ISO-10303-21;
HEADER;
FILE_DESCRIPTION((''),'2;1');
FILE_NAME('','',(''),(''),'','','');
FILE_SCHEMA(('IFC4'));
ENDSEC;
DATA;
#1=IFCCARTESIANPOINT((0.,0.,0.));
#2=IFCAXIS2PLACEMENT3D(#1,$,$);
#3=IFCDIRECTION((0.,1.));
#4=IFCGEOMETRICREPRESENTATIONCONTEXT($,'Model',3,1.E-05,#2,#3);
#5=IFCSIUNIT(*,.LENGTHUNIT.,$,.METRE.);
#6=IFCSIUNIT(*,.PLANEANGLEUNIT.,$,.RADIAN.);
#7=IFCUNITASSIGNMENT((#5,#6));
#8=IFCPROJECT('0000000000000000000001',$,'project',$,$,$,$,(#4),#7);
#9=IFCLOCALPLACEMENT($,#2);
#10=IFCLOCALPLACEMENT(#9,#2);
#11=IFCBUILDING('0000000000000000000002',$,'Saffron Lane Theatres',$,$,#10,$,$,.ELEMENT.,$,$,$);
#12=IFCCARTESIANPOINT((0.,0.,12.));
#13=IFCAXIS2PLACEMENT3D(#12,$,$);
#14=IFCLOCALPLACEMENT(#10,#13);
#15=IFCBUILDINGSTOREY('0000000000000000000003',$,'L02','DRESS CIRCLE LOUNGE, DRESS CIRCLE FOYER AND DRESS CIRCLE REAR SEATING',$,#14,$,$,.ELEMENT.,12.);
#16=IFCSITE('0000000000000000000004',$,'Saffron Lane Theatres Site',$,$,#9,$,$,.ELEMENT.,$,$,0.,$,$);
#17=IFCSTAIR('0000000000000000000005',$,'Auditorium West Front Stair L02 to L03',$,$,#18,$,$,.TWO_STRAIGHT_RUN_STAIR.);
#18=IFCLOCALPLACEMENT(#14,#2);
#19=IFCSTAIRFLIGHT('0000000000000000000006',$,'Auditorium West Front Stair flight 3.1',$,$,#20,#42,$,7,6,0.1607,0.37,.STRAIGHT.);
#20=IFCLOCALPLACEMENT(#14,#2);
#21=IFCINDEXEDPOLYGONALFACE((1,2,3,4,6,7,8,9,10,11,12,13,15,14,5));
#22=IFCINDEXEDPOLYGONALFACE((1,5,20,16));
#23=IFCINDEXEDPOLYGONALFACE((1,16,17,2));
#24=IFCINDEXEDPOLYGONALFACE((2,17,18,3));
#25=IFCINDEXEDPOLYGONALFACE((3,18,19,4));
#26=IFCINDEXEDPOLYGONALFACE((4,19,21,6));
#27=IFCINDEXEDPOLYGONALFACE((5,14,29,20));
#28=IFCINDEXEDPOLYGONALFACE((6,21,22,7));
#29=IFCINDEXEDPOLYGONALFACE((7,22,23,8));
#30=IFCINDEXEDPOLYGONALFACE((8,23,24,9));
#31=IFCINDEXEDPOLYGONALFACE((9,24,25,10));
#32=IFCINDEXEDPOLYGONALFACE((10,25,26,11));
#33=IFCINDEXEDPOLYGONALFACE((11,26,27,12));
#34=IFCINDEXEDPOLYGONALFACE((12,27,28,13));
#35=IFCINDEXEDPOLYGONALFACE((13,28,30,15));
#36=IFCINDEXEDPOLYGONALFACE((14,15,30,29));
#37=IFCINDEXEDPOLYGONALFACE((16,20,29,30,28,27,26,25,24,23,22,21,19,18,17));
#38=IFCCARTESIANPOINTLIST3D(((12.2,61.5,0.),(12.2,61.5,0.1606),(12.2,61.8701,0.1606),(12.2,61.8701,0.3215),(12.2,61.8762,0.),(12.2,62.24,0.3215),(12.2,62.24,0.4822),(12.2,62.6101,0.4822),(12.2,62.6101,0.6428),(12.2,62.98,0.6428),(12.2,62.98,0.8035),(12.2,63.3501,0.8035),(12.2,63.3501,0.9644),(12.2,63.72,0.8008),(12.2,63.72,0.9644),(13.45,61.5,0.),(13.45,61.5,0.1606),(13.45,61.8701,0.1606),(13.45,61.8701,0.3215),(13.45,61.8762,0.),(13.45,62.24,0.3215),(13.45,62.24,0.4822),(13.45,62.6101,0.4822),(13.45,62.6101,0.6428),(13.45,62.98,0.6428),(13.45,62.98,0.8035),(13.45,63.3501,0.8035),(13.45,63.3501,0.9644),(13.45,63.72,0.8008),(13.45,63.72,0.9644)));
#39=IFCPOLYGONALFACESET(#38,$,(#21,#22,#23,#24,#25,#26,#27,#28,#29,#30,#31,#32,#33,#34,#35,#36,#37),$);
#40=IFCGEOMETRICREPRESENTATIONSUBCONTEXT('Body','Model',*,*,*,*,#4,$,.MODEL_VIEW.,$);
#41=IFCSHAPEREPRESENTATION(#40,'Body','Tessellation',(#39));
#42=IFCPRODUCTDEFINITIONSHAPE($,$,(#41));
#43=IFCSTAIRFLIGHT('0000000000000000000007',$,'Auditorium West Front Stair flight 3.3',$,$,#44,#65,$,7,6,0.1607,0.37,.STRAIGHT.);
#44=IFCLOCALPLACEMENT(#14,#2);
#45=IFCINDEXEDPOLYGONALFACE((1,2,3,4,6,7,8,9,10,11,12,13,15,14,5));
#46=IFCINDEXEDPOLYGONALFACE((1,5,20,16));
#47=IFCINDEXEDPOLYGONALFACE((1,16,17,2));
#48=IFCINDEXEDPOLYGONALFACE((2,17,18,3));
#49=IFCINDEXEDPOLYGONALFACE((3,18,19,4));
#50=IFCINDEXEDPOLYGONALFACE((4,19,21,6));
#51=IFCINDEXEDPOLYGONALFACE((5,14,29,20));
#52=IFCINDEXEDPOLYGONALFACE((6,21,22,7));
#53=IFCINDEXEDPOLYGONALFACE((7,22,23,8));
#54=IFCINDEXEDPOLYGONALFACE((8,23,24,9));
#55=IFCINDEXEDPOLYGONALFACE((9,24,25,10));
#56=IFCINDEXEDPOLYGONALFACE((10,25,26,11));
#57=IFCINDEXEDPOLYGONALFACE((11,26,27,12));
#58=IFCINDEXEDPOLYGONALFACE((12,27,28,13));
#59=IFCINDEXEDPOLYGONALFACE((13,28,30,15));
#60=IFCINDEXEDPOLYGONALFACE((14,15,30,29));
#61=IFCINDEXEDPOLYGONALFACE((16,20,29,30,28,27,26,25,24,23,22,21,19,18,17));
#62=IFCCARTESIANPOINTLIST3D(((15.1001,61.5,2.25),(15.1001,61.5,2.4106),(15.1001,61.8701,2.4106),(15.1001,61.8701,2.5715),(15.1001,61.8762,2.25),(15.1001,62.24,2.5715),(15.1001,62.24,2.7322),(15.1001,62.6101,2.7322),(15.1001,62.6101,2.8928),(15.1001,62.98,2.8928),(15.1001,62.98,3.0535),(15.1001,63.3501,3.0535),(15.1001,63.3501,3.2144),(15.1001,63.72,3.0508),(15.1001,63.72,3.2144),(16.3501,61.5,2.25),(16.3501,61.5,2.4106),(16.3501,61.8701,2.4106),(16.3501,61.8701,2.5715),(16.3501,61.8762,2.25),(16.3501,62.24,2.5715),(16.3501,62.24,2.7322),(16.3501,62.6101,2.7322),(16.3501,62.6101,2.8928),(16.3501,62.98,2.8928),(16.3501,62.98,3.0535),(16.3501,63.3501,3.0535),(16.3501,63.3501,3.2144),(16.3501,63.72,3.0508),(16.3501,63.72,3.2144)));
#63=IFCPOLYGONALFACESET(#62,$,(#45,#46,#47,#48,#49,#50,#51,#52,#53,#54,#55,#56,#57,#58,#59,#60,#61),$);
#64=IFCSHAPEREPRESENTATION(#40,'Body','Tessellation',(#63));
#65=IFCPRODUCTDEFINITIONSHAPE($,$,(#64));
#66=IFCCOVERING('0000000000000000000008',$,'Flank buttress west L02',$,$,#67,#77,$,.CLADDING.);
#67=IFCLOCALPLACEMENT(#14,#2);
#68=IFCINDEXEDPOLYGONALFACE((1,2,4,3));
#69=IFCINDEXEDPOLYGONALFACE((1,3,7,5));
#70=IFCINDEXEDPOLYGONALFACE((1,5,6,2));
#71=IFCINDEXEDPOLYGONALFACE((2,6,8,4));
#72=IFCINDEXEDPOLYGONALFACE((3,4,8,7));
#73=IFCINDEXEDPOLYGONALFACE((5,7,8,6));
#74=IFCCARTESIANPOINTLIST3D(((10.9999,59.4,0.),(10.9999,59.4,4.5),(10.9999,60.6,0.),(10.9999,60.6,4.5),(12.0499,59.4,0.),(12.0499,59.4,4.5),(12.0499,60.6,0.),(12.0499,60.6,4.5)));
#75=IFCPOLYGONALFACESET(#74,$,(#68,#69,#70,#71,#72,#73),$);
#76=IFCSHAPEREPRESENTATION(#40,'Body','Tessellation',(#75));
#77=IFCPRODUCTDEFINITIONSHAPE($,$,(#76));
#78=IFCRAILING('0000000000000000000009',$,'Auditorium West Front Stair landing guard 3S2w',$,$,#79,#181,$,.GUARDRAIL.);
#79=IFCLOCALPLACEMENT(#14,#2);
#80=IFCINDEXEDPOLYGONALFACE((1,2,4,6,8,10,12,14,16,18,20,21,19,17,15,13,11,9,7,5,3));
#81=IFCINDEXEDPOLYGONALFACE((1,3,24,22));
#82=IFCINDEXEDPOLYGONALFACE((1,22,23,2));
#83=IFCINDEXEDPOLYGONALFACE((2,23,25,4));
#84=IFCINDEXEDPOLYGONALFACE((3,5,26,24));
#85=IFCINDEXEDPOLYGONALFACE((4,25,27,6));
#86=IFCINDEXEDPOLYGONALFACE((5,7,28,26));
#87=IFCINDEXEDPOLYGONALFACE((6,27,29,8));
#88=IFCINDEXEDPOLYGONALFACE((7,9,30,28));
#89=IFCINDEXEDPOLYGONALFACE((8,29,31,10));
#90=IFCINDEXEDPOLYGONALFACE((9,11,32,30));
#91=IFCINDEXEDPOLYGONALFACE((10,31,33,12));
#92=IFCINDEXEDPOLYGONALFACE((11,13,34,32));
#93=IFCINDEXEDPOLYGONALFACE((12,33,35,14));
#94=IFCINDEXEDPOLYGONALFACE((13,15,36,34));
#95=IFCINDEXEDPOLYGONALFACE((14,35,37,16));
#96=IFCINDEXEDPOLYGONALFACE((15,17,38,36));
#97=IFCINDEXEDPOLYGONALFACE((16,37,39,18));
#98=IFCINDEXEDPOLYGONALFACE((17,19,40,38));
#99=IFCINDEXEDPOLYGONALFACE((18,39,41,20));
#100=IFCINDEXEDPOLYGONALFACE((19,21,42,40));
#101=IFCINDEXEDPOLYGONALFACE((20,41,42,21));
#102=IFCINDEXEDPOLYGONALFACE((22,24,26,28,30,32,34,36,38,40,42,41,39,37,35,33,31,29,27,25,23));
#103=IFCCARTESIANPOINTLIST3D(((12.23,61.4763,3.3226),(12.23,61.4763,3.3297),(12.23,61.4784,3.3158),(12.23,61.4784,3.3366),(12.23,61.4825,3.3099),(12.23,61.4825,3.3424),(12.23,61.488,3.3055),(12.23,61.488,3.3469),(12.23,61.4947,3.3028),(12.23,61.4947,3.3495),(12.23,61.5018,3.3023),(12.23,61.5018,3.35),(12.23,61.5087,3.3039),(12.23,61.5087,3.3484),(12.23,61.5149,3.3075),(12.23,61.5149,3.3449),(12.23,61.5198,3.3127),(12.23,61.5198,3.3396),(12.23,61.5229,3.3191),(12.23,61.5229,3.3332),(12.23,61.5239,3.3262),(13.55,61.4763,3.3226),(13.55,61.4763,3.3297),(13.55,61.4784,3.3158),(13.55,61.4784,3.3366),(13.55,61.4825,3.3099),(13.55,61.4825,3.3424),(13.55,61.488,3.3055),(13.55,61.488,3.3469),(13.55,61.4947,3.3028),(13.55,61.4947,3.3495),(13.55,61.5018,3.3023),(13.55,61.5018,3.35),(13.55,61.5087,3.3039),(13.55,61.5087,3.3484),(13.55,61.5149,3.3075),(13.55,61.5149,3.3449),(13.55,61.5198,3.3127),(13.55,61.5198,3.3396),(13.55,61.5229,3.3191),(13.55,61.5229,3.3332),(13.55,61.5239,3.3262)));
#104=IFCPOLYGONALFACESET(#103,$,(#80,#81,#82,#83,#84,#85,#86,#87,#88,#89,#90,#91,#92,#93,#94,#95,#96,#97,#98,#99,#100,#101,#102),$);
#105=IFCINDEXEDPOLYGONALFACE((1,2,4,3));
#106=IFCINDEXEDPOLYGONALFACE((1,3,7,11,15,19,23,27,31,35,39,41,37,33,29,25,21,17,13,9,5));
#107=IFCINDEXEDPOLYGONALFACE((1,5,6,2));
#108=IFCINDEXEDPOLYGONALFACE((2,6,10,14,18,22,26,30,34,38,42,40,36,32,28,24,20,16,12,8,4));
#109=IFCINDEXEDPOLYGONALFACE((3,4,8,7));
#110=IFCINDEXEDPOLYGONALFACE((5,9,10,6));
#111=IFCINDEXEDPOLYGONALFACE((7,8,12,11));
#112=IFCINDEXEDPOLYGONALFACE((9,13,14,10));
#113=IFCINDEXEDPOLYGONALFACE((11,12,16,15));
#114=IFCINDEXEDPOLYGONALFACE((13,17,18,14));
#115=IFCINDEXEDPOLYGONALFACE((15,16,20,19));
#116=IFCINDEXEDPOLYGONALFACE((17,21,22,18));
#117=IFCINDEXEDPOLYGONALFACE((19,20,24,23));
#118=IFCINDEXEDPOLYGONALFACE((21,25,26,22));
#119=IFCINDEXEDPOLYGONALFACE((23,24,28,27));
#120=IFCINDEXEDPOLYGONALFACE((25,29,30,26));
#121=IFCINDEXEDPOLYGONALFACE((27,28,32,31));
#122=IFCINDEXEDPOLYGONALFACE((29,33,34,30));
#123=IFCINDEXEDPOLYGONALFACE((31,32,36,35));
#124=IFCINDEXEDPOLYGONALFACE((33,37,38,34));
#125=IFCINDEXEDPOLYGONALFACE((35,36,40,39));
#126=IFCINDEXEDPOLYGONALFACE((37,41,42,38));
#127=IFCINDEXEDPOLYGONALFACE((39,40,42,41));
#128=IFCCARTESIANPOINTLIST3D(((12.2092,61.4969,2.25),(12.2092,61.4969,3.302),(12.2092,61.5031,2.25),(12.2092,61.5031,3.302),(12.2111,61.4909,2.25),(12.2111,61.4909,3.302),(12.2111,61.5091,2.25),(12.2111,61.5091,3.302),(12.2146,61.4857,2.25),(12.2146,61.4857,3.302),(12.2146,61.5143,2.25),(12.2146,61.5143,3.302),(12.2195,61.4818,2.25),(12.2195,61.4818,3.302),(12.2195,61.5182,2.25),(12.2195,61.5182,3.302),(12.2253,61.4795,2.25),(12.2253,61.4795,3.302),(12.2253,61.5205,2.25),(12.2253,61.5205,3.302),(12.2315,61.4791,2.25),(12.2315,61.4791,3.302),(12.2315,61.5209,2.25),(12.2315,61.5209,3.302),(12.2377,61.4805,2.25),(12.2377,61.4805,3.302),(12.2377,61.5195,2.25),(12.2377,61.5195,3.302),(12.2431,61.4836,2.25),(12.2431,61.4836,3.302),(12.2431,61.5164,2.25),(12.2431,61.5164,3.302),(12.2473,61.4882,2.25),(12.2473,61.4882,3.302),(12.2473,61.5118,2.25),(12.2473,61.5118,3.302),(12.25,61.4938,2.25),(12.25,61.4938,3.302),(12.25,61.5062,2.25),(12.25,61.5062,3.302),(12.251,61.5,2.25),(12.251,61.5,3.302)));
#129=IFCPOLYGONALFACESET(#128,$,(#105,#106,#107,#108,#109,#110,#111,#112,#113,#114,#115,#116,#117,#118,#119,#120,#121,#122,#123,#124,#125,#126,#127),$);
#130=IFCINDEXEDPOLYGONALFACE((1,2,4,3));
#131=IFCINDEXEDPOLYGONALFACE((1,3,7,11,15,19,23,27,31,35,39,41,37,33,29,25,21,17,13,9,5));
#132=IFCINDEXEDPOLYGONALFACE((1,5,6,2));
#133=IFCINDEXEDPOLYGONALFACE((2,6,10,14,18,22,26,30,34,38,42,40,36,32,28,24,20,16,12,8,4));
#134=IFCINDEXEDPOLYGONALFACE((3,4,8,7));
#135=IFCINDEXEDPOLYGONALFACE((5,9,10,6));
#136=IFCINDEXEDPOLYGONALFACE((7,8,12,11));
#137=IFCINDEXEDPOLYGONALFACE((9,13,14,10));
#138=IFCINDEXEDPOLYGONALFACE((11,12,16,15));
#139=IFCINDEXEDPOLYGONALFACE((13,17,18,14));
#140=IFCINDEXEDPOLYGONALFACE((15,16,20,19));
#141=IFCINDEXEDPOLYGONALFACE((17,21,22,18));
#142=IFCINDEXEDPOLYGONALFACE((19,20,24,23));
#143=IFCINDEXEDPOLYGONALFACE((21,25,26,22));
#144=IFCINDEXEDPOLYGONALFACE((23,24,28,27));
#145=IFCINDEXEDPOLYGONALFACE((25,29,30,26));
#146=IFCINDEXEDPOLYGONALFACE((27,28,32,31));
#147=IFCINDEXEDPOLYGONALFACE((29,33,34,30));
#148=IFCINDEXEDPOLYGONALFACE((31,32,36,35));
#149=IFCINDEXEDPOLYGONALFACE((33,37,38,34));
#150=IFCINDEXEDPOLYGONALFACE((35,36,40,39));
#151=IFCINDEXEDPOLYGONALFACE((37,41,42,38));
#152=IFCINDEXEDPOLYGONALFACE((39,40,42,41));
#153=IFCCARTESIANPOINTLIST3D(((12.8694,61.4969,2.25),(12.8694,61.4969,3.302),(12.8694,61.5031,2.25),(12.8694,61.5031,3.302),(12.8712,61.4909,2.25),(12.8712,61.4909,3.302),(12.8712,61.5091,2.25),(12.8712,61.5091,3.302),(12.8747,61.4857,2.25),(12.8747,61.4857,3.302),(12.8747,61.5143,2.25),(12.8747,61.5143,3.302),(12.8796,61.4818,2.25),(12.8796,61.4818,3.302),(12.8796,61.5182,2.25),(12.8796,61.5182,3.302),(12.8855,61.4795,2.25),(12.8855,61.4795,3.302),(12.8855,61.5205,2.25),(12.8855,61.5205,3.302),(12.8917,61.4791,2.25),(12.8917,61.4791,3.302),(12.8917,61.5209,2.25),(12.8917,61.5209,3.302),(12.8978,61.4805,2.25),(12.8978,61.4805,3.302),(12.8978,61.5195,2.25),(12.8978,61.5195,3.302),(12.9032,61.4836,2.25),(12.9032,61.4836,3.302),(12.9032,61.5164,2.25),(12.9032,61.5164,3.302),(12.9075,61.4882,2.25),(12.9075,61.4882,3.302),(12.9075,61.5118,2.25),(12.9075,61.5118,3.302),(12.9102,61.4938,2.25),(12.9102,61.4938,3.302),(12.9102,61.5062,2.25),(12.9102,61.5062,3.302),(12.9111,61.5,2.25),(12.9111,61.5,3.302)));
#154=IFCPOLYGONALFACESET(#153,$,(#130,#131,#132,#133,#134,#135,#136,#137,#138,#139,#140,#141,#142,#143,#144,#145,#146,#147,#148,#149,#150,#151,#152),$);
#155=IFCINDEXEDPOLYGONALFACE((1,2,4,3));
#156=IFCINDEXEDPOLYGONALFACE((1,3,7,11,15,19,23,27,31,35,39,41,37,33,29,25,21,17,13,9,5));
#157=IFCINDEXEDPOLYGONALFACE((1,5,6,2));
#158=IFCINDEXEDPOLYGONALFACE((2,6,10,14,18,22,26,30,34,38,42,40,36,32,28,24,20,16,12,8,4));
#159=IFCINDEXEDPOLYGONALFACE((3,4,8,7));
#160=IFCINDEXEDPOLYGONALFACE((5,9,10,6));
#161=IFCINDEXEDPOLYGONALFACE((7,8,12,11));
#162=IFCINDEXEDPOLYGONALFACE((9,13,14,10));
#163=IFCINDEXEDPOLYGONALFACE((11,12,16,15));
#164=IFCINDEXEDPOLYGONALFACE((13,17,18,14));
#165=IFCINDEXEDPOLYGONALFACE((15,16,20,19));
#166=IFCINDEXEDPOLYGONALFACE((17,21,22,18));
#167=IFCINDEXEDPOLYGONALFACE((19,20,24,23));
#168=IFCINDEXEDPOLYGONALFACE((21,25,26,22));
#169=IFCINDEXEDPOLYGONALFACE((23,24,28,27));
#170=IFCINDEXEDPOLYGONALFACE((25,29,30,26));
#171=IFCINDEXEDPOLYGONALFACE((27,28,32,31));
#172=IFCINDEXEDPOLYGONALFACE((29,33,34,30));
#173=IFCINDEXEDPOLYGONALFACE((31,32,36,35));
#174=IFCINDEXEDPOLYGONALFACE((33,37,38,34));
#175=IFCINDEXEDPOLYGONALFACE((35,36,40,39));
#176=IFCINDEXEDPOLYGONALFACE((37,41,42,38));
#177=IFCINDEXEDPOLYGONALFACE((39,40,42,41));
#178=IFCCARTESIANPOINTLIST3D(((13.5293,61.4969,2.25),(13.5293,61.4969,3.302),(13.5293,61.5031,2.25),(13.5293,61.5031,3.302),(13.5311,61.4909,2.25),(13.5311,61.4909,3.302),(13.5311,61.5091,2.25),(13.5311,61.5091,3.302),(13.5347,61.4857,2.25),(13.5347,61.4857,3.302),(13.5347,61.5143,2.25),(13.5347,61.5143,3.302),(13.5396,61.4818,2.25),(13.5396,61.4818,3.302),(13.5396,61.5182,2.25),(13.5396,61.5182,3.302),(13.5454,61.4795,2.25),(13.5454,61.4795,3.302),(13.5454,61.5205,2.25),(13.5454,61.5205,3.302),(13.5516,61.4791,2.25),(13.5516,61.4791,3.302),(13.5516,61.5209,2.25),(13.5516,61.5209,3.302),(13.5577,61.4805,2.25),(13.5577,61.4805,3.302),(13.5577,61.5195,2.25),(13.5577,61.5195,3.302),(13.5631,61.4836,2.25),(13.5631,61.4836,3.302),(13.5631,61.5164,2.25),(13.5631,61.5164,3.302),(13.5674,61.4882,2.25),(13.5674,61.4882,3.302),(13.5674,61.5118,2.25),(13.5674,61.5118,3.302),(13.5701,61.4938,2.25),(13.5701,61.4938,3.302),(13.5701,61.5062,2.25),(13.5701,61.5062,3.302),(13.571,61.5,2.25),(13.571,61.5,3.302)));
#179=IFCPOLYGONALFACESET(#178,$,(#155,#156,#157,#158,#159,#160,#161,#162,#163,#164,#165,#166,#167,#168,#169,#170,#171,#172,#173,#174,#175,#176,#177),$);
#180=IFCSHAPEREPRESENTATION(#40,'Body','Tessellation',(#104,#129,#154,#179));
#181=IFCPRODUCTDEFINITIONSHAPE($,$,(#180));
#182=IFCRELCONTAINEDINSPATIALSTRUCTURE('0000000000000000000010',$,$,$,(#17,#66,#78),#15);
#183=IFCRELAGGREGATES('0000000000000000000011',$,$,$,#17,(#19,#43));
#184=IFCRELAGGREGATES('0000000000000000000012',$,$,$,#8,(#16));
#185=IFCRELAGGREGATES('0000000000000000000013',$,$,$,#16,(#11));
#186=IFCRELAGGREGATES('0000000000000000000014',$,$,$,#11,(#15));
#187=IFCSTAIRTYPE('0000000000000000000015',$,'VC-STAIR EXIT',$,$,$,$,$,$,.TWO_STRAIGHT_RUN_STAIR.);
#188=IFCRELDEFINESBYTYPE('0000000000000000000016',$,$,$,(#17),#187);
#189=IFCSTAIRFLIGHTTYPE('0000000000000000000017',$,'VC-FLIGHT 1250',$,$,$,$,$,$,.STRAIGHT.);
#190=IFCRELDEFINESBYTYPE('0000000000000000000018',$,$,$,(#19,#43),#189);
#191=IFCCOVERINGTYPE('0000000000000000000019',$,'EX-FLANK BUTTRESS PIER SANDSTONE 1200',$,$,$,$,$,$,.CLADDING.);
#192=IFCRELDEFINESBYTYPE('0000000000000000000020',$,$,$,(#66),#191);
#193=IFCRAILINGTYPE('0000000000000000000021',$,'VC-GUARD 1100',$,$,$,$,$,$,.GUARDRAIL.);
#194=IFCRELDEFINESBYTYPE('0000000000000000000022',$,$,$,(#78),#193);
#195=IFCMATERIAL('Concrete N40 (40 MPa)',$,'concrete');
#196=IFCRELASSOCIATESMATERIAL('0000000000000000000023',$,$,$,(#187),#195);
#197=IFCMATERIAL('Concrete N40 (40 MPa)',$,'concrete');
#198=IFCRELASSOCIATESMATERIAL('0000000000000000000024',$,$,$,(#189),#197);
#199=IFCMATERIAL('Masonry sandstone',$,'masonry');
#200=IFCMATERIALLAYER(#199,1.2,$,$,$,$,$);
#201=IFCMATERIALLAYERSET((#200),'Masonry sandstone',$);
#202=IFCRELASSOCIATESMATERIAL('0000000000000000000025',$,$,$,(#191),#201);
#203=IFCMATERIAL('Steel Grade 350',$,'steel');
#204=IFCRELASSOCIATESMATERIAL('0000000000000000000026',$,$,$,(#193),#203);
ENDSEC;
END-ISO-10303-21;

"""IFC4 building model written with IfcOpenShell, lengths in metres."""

from ifc_helpers import new_model, si_unit, direction, frame, origin, origin_2d, place, context, subcontext, project, spatial, polyline, rectangle, circle, outline, extrude, material, layer, layer_set, type_object, element, aggregate, save


model = new_model("IFC4")

# Units and contexts
model_context = context("Model", 3, precision=1e-05, world=origin(), true_north=direction((0.0, 1.0)))
body_context = subcontext(model_context, "Body", "Model", "MODEL_VIEW")
ifc_project = project(units=[si_unit("LENGTHUNIT", "METRE"), si_unit("PLANEANGLEUNIT", "RADIAN")], contexts=[model_context])

# Site, building, storey
site_placement = place(None, origin())
site = spatial("IfcSite", under=ifc_project, at=site_placement, Name="Saffron Lane Theatres Site", CompositionType="ELEMENT", RefElevation=0.0)
building_placement = place(site_placement, origin())
building = spatial("IfcBuilding", under=site, at=building_placement, Name="Saffron Lane Theatres", CompositionType="ELEMENT")
storey_placement = place(building_placement, frame((0.0, 0.0, 12.0)))
storey = spatial("IfcBuildingStorey", under=building, at=storey_placement, Name="L02", Description="DRESS CIRCLE LOUNGE, DRESS CIRCLE FOYER AND DRESS CIRCLE REAR SEATING", CompositionType="ELEMENT", Elevation=12.0)

# Stair, stair flights
ifc_material_1 = material(Name="Concrete N40 (40 MPa)", Category="concrete")
stair_type = type_object("IfcStairType", Name="VC-STAIR EXIT", PredefinedType="TWO_STRAIGHT_RUN_STAIR", material=ifc_material_1)
stair_placement = place(storey_placement, origin())
stair = element("IfcStair", 1, at=stair_placement, inside=storey, type_object=stair_type, Name="Auditorium West Front Stair L02 to L03", PredefinedType="TWO_STRAIGHT_RUN_STAIR")
ifc_material_2 = material(Name="Concrete N40 (40 MPa)", Category="concrete")
stair_flight_type = type_object("IfcStairFlightType", Name="VC-FLIGHT 1250", PredefinedType="STRAIGHT", material=ifc_material_2)
stair_flight_1_placement = place(storey_placement, frame((12.825, 61.5, 0.0), z_axis=(0.0, 0.0, 1.0), x_axis=(0.0, 1.0, 0.0)))
stair_flight_1 = element("IfcStairFlight", 2, at=stair_flight_1_placement, type_object=stair_flight_type, Name="Auditorium West Front Stair flight 3.1", NumberOfRisers=7, NumberOfTreads=6, PredefinedType="STRAIGHT", RiserHeight=0.1607, TreadLength=0.37, context=body_context, shape_type="SweptSolid", body=[
    extrude(outline(polyline([(0.0, 0.0), (0.0, 0.1606), (0.3701, 0.1606), (0.3701, 0.3215), (0.74, 0.3215), (0.74, 0.4822), (1.1101, 0.4822), (1.1101, 0.6428), (1.48, 0.6428), (1.48, 0.8035), (1.8501, 0.8035), (1.8501, 0.9644), (2.22, 0.9644), (2.22, 1.125), (2.22, 0.8008), (0.3762, 0.0), (0.0, 0.0)])), frame((0.0, 0.625, 0.0), z_axis=(0.0, -1.0, 0.0), x_axis=(1.0, 0.0, 0.0)), (0.0, 0.0, 1.0), 1.25),
])
stair_flight_2_placement = place(storey_placement, frame((15.7251, 61.5, 2.25), z_axis=(0.0, 0.0, 1.0), x_axis=(0.0, 1.0, 0.0)))
stair_flight_2 = element("IfcStairFlight", 3, at=stair_flight_2_placement, type_object=stair_flight_type, Name="Auditorium West Front Stair flight 3.3", NumberOfRisers=7, NumberOfTreads=6, PredefinedType="STRAIGHT", RiserHeight=0.1607, TreadLength=0.37, context=body_context, shape_type="SweptSolid", body=[
    extrude(outline(polyline([(0.0, 0.0), (0.0, 0.1606), (0.3701, 0.1606), (0.3701, 0.3215), (0.74, 0.3215), (0.74, 0.4822), (1.1101, 0.4822), (1.1101, 0.6428), (1.48, 0.6428), (1.48, 0.8035), (1.8501, 0.8035), (1.8501, 0.9644), (2.22, 0.9644), (2.22, 1.125), (2.22, 0.8008), (0.3762, 0.0), (0.0, 0.0)])), frame((0.0, 0.625, 0.0), z_axis=(0.0, -1.0, 0.0), x_axis=(1.0, 0.0, 0.0)), (0.0, 0.0, 1.0), 1.25),
])
aggregate(stair, [stair_flight_1, stair_flight_2])

# Covering
ifc_material_3 = material(Name="Masonry sandstone", Category="masonry")
ifc_layer_1 = layer(ifc_material_3, 1.2)
ifc_layer_set_1 = layer_set([ifc_layer_1], Name="Masonry sandstone")
covering_type = type_object("IfcCoveringType", Name="EX-FLANK BUTTRESS PIER SANDSTONE 1200", PredefinedType="CLADDING", material=ifc_layer_set_1)
covering_placement = place(storey_placement, frame((11.5249, 60.0, 0.0), z_axis=(0.0, 0.0, 1.0), x_axis=(0.0, 1.0, 0.0)))
element("IfcCovering", 4, at=covering_placement, inside=storey, type_object=covering_type, Name="Flank buttress west L02", PredefinedType="CLADDING", context=body_context, shape_type="SweptSolid", body=[
    extrude(rectangle(XDim=1.2, YDim=1.05, at=origin_2d()), origin(), (0.0, 0.0, 1.0), 4.5),
])

# Railing
ifc_material_4 = material(Name="Steel Grade 350", Category="steel")
railing_type_1 = type_object("IfcRailingType", Name="VC-GUARD 1100", PredefinedType="GUARDRAIL", material=ifc_material_4)
railing_1_placement = place(storey_placement, frame((12.23, 61.5, 2.25)))
element("IfcRailing", 5, at=railing_1_placement, inside=storey, type_object=railing_type_1, Name="Auditorium West Front Stair landing guard 3S2w", PredefinedType="GUARDRAIL", context=body_context, shape_type="SweptSolid", body=[
    extrude(circle(Radius=0.0239, at=origin_2d()), frame((0.0, 0.0, 1.0762), z_axis=(1.0, 0.0, 0.0), x_axis=(0.0, 1.0, 0.0)), (0.0, 0.0, 1.0), 1.3201),
    extrude(circle(Radius=0.021, at=origin_2d()), origin(), (0.0, 0.0, 1.0), 1.052),
    extrude(circle(Radius=0.021, at=origin_2d()), frame((0.6602, 0.0, 0.0)), (0.0, 0.0, 1.0), 1.052),
    extrude(circle(Radius=0.021, at=origin_2d()), frame((1.3201, 0.0, 0.0)), (0.0, 0.0, 1.0), 1.052),
])

save(model, "model.ifc")
